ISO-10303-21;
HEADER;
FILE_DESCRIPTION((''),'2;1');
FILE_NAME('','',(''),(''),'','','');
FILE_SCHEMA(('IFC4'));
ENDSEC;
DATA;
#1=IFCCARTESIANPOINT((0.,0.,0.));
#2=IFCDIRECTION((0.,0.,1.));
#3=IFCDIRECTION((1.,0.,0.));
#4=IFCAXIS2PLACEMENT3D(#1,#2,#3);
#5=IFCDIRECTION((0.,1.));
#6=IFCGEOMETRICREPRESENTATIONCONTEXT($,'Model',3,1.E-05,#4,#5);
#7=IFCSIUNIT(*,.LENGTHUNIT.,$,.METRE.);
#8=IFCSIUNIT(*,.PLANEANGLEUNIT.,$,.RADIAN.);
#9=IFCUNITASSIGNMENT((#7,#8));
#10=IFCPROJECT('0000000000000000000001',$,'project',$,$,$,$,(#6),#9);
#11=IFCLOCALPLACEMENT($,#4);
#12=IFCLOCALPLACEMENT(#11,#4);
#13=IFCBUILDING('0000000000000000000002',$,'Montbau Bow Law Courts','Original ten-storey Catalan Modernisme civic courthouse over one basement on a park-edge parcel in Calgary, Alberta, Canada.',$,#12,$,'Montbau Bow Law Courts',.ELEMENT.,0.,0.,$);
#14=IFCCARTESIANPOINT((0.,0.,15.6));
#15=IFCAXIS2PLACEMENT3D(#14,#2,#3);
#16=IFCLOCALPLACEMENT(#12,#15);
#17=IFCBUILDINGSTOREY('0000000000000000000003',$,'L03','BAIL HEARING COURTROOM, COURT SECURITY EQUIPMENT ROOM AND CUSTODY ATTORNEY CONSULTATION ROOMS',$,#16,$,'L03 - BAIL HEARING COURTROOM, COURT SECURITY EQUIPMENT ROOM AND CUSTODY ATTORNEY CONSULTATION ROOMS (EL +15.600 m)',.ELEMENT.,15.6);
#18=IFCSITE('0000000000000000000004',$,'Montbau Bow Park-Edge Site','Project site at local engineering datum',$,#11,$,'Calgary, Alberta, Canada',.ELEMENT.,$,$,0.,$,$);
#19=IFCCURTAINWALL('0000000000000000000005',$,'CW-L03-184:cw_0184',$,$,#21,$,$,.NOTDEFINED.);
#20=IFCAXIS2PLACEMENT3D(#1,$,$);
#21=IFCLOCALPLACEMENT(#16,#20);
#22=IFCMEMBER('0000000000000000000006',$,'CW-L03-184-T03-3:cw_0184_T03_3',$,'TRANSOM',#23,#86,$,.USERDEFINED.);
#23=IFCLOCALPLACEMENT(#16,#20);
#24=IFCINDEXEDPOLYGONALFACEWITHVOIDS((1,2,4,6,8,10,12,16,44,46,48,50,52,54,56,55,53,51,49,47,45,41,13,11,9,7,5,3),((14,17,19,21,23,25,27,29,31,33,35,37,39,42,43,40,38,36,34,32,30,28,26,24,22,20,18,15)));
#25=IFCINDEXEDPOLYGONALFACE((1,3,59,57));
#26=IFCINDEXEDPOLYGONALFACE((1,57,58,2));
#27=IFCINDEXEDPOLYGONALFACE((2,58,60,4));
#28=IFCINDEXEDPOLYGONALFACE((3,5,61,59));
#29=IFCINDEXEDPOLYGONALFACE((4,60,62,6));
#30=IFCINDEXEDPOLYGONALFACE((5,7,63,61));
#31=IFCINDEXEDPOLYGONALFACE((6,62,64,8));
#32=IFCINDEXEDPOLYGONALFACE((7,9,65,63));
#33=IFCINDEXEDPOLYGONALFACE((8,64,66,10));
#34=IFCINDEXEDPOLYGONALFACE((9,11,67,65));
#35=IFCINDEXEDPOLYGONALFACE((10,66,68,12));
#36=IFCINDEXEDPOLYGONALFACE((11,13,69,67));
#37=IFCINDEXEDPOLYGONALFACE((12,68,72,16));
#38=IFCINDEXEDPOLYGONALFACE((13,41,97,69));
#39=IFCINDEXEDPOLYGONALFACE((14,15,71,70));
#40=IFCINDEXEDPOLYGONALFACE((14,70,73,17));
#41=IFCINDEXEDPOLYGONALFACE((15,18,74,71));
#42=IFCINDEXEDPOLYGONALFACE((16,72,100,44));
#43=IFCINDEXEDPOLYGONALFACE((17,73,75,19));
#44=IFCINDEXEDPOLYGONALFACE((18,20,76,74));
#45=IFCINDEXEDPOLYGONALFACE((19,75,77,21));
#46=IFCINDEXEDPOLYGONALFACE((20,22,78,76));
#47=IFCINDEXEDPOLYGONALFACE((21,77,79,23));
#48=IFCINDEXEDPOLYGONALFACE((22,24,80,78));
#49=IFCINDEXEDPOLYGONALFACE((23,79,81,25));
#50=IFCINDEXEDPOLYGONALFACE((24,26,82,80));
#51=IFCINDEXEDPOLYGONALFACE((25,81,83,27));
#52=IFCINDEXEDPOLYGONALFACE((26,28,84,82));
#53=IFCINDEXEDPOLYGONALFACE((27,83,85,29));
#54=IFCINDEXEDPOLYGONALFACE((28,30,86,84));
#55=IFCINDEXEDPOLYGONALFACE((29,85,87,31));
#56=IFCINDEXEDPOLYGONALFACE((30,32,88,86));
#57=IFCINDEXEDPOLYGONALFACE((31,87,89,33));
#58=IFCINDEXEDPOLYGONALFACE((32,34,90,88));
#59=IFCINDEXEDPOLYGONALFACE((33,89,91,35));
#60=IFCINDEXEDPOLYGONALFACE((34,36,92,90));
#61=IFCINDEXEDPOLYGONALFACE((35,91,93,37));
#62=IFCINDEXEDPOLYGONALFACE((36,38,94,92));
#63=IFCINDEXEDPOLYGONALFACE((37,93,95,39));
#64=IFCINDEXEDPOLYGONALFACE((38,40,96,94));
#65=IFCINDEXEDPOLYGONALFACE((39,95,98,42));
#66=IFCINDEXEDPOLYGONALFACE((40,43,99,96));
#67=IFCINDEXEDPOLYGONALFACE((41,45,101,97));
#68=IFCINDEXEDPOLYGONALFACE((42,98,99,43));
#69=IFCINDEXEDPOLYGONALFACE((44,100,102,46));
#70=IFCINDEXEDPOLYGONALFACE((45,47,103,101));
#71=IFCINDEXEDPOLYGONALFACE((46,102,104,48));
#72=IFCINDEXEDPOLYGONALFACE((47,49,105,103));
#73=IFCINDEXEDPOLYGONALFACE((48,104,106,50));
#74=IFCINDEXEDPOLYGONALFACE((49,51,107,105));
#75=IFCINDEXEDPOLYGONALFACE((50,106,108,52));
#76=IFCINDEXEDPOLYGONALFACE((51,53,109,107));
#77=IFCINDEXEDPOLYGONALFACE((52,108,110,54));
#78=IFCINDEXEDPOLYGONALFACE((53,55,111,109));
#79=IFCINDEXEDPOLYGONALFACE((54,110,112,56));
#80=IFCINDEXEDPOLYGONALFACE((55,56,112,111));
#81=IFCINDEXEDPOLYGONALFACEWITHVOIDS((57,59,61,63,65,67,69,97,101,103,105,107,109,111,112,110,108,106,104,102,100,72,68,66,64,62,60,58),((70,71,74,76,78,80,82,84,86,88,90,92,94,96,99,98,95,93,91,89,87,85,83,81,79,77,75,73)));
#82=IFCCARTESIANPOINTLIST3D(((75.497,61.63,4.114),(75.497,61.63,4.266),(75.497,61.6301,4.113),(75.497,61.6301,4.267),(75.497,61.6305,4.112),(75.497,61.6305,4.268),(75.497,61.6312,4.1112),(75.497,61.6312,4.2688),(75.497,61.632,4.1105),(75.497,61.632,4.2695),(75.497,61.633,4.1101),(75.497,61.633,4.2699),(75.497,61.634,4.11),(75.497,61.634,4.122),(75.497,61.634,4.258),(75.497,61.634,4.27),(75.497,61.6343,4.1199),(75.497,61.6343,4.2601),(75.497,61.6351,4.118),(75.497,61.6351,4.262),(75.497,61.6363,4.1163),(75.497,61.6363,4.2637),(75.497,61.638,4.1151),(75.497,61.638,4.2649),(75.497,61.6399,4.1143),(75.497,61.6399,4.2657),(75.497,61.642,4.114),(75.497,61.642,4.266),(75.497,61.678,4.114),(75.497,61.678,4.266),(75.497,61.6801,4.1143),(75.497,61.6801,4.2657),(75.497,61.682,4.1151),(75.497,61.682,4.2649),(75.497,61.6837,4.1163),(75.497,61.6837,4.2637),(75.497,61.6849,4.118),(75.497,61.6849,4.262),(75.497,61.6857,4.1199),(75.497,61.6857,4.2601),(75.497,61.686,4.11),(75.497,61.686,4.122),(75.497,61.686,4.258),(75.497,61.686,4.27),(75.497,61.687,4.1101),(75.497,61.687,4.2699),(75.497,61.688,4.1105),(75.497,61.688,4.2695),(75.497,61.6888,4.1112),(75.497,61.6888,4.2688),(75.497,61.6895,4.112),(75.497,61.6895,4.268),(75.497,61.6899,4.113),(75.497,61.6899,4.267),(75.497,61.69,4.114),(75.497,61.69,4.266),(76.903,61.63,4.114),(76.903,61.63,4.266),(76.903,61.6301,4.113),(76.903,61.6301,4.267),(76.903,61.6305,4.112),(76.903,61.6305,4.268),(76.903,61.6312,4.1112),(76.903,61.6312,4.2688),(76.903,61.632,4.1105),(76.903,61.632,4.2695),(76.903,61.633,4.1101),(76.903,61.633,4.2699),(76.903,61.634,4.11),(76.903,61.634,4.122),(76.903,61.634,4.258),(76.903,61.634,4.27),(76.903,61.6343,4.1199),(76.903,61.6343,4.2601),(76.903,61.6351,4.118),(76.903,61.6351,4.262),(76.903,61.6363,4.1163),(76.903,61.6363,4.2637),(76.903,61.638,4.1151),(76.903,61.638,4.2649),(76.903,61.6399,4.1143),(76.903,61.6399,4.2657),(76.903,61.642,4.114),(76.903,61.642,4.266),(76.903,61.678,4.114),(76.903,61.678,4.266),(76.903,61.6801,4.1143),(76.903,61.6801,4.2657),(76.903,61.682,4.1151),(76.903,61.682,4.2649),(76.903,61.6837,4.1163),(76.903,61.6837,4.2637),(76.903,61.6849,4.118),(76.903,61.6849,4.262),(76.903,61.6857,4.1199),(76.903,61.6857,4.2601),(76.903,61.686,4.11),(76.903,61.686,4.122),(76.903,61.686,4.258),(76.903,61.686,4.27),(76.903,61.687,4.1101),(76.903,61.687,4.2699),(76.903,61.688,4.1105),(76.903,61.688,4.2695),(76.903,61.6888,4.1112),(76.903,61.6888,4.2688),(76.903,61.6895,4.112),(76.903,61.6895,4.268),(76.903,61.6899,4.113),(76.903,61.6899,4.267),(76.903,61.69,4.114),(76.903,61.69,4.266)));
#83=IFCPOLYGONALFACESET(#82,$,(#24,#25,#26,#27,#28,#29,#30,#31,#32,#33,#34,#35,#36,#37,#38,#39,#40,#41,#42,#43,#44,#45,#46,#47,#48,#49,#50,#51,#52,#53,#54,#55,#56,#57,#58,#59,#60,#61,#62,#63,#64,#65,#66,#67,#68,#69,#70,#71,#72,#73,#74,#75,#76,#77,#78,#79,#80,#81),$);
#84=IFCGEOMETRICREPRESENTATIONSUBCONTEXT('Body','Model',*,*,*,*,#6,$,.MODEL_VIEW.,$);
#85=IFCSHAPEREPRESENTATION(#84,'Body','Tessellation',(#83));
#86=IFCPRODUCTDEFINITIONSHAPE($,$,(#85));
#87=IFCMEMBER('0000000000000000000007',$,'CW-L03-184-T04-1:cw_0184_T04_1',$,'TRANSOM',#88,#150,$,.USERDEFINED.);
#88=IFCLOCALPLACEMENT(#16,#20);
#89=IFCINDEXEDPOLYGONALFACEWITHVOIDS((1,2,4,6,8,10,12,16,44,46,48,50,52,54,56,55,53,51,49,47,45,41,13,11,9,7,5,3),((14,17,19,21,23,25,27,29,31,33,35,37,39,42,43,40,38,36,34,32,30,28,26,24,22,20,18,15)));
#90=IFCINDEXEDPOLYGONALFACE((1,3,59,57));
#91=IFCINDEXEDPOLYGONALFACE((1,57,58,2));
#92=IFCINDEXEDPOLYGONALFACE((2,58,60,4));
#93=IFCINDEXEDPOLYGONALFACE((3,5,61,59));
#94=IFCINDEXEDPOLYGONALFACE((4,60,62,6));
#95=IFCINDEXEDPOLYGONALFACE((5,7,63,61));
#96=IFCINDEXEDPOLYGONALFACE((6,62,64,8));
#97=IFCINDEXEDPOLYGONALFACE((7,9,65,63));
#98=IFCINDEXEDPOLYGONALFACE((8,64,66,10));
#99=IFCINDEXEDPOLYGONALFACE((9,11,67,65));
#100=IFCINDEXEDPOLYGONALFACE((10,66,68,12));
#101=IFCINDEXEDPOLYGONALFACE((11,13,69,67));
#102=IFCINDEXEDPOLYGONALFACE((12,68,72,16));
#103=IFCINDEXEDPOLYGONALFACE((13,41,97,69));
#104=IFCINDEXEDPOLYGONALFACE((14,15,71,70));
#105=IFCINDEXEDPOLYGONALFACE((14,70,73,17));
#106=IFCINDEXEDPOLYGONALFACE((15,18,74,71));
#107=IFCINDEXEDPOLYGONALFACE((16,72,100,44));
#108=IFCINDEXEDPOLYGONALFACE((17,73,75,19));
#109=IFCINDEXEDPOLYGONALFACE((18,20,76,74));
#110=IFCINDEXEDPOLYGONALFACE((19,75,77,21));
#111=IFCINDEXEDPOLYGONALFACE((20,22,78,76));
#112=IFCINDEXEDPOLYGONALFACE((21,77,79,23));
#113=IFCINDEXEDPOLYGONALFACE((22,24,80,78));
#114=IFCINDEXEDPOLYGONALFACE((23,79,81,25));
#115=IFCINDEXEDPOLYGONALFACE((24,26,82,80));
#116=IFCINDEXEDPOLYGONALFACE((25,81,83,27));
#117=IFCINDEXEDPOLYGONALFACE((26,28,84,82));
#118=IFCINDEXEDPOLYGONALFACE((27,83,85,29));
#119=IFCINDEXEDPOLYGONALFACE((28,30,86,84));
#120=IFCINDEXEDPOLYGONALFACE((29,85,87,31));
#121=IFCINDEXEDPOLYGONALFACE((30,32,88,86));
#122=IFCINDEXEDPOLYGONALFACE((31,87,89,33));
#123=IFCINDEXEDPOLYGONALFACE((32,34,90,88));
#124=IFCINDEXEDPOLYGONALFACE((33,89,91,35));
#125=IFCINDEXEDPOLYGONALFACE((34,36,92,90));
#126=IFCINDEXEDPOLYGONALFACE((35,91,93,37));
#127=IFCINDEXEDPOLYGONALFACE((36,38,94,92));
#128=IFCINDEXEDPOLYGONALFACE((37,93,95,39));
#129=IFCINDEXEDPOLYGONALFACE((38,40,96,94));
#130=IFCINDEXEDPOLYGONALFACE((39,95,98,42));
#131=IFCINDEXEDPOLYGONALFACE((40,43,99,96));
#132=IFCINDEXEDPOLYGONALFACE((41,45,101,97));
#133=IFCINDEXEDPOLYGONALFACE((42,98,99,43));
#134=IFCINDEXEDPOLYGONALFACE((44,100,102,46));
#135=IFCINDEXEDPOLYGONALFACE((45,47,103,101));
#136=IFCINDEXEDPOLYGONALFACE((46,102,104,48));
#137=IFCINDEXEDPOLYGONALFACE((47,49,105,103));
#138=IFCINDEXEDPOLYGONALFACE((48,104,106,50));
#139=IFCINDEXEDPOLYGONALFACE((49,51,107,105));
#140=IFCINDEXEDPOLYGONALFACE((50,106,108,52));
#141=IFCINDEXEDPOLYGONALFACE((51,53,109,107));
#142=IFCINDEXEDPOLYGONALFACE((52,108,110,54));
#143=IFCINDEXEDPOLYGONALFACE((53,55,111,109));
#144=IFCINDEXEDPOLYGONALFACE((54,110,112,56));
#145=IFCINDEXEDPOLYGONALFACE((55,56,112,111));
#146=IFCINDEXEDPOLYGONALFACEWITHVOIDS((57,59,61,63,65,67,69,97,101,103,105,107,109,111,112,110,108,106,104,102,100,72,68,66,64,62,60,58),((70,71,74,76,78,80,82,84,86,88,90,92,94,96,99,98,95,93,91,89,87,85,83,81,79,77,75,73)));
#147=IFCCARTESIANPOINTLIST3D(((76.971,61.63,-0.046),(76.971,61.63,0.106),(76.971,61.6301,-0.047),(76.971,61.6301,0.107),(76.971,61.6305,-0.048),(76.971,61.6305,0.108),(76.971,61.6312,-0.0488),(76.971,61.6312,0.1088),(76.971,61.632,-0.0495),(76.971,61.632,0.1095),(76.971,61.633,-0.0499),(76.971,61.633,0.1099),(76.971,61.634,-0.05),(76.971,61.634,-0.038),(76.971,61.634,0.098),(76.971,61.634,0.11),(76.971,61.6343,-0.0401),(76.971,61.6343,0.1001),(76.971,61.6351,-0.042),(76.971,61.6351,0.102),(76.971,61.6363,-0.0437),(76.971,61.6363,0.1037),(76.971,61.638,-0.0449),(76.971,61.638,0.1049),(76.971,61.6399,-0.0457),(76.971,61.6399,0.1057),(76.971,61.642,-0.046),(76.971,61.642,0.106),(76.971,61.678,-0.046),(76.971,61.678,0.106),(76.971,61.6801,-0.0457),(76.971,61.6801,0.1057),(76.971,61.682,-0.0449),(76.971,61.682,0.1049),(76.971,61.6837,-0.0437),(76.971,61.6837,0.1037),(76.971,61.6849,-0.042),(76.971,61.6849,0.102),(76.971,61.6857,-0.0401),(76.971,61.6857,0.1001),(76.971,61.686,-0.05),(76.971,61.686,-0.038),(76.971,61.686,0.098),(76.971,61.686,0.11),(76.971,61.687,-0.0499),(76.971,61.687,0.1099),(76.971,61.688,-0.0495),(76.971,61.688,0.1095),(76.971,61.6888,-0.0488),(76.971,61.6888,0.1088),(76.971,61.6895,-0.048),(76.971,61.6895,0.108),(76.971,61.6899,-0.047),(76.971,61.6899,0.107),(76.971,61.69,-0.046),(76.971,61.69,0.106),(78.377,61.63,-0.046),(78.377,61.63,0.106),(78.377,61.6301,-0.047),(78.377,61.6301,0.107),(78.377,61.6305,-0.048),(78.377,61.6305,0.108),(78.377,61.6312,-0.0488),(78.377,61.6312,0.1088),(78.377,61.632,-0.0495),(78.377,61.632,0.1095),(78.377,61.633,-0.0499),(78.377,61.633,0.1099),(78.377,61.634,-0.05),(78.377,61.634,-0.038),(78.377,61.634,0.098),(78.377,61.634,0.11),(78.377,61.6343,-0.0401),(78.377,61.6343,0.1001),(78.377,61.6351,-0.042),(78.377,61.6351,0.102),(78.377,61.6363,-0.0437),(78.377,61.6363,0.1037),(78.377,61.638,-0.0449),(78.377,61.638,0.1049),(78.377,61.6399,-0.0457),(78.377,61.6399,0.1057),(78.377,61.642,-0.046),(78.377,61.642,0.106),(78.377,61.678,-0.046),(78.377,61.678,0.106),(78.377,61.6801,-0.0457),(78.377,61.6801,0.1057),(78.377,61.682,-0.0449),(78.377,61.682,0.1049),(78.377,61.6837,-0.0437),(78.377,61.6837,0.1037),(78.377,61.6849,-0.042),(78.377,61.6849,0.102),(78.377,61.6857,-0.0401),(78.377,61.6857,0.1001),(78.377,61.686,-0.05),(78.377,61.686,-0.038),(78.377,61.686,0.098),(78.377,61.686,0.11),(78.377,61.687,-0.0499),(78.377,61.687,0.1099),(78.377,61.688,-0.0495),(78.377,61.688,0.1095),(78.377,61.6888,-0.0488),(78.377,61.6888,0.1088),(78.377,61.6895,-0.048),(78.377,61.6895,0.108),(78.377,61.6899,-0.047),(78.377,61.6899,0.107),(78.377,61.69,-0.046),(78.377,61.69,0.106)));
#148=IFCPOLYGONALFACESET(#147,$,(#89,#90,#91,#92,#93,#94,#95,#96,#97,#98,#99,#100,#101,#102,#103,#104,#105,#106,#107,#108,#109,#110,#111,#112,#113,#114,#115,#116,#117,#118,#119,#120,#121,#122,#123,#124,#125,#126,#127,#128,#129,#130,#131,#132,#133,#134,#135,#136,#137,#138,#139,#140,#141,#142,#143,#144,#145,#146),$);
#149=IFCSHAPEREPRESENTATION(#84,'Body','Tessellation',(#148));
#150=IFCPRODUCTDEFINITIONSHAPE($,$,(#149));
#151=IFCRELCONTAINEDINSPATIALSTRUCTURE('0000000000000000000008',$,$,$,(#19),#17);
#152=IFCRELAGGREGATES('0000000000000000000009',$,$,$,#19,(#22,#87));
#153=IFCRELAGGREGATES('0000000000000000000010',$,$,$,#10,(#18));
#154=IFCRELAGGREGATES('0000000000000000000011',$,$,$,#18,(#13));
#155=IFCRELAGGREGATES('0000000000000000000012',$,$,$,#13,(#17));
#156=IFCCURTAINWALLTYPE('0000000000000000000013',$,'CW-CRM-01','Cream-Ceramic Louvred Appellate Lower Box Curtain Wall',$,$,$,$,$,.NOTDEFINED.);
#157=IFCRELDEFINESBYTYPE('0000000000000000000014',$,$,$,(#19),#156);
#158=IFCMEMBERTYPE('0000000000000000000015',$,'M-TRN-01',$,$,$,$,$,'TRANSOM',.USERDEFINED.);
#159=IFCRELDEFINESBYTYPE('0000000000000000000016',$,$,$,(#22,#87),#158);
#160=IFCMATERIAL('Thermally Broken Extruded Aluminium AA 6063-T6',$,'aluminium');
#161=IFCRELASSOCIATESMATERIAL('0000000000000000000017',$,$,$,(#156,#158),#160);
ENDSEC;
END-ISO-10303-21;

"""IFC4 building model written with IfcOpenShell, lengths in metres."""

from ifc_helpers import new_model, si_unit, direction, frame, origin_with_axes, origin_2d_with_axis, place, context, subcontext, project, spatial, hollow_rectangle, extrude, material, material_profile, profile_set, type_object, element, aggregate, save


model = new_model("IFC4")

# Units and contexts
model_context = context("Model", 3, precision=1e-05, world=origin_with_axes(), true_north=direction((0.0, 1.0)))
body_context = subcontext(model_context, "Body", "Model", "MODEL_VIEW")
ifc_project = project(units=[si_unit("LENGTHUNIT", "METRE"), si_unit("PLANEANGLEUNIT", "RADIAN")], contexts=[model_context])

# Site, building, storey
site_placement = place(None, origin_with_axes())
site = spatial("IfcSite", under=ifc_project, at=site_placement, Name="Montbau Bow Park-Edge Site", Description="Project site at local engineering datum", LongName="Calgary, Alberta, Canada", CompositionType="ELEMENT", RefElevation=0.0)
building_placement = place(site_placement, origin_with_axes())
building = spatial("IfcBuilding", under=site, at=building_placement, Name="Montbau Bow Law Courts", Description="Original ten-storey Catalan Modernisme civic courthouse over one basement on a park-edge parcel in Calgary, Alberta, Canada.", LongName="Montbau Bow Law Courts", CompositionType="ELEMENT", ElevationOfRefHeight=0.0, ElevationOfTerrain=0.0)
storey_placement = place(building_placement, frame((0.0, 0.0, 15.6), z_axis=(0.0, 0.0, 1.0), x_axis=(1.0, 0.0, 0.0)))
storey = spatial("IfcBuildingStorey", under=building, at=storey_placement, Name="L03", Description="BAIL HEARING COURTROOM, COURT SECURITY EQUIPMENT ROOM AND CUSTODY ATTORNEY CONSULTATION ROOMS", LongName="L03 - BAIL HEARING COURTROOM, COURT SECURITY EQUIPMENT ROOM AND CUSTODY ATTORNEY CONSULTATION ROOMS (EL +15.600 m)", CompositionType="ELEMENT", Elevation=15.6)

# Curtain wall
ifc_material_1 = material(Name="Thermally Broken Extruded Aluminium AA 6063-T6", Category="aluminium")
curtain_wall_type = type_object("IfcCurtainWallType", Name="CW-CRM-01", Description="Cream-Ceramic Louvred Appellate Lower Box Curtain Wall", PredefinedType="NOTDEFINED", material=ifc_material_1)
curtain_wall_1_placement = place(None, frame((72.515, 61.66, 15.6), z_axis=(0.0, 0.0, 1.0), x_axis=(1.0, 0.0, 0.0)))
curtain_wall_1 = element("IfcCurtainWall", 1, at=curtain_wall_1_placement, inside=storey, type_object=curtain_wall_type, Name="CW-L03-184:cw_0184", PredefinedType="NOTDEFINED")

# Members
ifc_material_profile_1 = material_profile(ifc_material_1, hollow_rectangle(XDim=0.06, YDim=0.16, WallThickness=0.004, InnerFilletRadius=0.008, OuterFilletRadius=0.004, at=origin_2d_with_axis()), Name="CWT-160X60", Category="Main", Priority=0)
ifc_profile_set_1 = profile_set([ifc_material_profile_1], Name="Thermally Broken Extruded Aluminium AA 6063-T6")
member_type_1 = type_object("IfcMemberType", Name="M-TRN-01", ElementType="TRANSOM", PredefinedType="USERDEFINED", material=ifc_profile_set_1)
member_1_placement = place(None, frame((75.497, 61.66, 19.79), z_axis=(1.0, 0.0, 0.0), x_axis=(0.0, 1.0, 0.0)))
member_1 = element("IfcMember", 2, at=member_1_placement, type_object=member_type_1, Name="CW-L03-184-T03-3:cw_0184_T03_3", ObjectType="TRANSOM", PredefinedType="USERDEFINED", context=body_context, shape_type="SweptSolid", body=[
    extrude(hollow_rectangle(XDim=0.06, YDim=0.16, WallThickness=0.004, InnerFilletRadius=0.008, OuterFilletRadius=0.004, at=origin_2d_with_axis()), origin_with_axes(), (0.0, 0.0, 1.0), 1.406),
])
member_2_placement = place(None, frame((76.971, 61.66, 15.63), z_axis=(1.0, 0.0, 0.0), x_axis=(0.0, 1.0, 0.0)))
member_2 = element("IfcMember", 3, at=member_2_placement, type_object=member_type_1, Name="CW-L03-184-T04-1:cw_0184_T04_1", ObjectType="TRANSOM", PredefinedType="USERDEFINED", context=body_context, shape_type="SweptSolid", body=[
    extrude(hollow_rectangle(XDim=0.06, YDim=0.16, WallThickness=0.004, InnerFilletRadius=0.008, OuterFilletRadius=0.004, at=origin_2d_with_axis()), origin_with_axes(), (0.0, 0.0, 1.0), 1.406),
])

aggregate(curtain_wall_1, [member_1, member_2])

save(model, "model.ifc")
